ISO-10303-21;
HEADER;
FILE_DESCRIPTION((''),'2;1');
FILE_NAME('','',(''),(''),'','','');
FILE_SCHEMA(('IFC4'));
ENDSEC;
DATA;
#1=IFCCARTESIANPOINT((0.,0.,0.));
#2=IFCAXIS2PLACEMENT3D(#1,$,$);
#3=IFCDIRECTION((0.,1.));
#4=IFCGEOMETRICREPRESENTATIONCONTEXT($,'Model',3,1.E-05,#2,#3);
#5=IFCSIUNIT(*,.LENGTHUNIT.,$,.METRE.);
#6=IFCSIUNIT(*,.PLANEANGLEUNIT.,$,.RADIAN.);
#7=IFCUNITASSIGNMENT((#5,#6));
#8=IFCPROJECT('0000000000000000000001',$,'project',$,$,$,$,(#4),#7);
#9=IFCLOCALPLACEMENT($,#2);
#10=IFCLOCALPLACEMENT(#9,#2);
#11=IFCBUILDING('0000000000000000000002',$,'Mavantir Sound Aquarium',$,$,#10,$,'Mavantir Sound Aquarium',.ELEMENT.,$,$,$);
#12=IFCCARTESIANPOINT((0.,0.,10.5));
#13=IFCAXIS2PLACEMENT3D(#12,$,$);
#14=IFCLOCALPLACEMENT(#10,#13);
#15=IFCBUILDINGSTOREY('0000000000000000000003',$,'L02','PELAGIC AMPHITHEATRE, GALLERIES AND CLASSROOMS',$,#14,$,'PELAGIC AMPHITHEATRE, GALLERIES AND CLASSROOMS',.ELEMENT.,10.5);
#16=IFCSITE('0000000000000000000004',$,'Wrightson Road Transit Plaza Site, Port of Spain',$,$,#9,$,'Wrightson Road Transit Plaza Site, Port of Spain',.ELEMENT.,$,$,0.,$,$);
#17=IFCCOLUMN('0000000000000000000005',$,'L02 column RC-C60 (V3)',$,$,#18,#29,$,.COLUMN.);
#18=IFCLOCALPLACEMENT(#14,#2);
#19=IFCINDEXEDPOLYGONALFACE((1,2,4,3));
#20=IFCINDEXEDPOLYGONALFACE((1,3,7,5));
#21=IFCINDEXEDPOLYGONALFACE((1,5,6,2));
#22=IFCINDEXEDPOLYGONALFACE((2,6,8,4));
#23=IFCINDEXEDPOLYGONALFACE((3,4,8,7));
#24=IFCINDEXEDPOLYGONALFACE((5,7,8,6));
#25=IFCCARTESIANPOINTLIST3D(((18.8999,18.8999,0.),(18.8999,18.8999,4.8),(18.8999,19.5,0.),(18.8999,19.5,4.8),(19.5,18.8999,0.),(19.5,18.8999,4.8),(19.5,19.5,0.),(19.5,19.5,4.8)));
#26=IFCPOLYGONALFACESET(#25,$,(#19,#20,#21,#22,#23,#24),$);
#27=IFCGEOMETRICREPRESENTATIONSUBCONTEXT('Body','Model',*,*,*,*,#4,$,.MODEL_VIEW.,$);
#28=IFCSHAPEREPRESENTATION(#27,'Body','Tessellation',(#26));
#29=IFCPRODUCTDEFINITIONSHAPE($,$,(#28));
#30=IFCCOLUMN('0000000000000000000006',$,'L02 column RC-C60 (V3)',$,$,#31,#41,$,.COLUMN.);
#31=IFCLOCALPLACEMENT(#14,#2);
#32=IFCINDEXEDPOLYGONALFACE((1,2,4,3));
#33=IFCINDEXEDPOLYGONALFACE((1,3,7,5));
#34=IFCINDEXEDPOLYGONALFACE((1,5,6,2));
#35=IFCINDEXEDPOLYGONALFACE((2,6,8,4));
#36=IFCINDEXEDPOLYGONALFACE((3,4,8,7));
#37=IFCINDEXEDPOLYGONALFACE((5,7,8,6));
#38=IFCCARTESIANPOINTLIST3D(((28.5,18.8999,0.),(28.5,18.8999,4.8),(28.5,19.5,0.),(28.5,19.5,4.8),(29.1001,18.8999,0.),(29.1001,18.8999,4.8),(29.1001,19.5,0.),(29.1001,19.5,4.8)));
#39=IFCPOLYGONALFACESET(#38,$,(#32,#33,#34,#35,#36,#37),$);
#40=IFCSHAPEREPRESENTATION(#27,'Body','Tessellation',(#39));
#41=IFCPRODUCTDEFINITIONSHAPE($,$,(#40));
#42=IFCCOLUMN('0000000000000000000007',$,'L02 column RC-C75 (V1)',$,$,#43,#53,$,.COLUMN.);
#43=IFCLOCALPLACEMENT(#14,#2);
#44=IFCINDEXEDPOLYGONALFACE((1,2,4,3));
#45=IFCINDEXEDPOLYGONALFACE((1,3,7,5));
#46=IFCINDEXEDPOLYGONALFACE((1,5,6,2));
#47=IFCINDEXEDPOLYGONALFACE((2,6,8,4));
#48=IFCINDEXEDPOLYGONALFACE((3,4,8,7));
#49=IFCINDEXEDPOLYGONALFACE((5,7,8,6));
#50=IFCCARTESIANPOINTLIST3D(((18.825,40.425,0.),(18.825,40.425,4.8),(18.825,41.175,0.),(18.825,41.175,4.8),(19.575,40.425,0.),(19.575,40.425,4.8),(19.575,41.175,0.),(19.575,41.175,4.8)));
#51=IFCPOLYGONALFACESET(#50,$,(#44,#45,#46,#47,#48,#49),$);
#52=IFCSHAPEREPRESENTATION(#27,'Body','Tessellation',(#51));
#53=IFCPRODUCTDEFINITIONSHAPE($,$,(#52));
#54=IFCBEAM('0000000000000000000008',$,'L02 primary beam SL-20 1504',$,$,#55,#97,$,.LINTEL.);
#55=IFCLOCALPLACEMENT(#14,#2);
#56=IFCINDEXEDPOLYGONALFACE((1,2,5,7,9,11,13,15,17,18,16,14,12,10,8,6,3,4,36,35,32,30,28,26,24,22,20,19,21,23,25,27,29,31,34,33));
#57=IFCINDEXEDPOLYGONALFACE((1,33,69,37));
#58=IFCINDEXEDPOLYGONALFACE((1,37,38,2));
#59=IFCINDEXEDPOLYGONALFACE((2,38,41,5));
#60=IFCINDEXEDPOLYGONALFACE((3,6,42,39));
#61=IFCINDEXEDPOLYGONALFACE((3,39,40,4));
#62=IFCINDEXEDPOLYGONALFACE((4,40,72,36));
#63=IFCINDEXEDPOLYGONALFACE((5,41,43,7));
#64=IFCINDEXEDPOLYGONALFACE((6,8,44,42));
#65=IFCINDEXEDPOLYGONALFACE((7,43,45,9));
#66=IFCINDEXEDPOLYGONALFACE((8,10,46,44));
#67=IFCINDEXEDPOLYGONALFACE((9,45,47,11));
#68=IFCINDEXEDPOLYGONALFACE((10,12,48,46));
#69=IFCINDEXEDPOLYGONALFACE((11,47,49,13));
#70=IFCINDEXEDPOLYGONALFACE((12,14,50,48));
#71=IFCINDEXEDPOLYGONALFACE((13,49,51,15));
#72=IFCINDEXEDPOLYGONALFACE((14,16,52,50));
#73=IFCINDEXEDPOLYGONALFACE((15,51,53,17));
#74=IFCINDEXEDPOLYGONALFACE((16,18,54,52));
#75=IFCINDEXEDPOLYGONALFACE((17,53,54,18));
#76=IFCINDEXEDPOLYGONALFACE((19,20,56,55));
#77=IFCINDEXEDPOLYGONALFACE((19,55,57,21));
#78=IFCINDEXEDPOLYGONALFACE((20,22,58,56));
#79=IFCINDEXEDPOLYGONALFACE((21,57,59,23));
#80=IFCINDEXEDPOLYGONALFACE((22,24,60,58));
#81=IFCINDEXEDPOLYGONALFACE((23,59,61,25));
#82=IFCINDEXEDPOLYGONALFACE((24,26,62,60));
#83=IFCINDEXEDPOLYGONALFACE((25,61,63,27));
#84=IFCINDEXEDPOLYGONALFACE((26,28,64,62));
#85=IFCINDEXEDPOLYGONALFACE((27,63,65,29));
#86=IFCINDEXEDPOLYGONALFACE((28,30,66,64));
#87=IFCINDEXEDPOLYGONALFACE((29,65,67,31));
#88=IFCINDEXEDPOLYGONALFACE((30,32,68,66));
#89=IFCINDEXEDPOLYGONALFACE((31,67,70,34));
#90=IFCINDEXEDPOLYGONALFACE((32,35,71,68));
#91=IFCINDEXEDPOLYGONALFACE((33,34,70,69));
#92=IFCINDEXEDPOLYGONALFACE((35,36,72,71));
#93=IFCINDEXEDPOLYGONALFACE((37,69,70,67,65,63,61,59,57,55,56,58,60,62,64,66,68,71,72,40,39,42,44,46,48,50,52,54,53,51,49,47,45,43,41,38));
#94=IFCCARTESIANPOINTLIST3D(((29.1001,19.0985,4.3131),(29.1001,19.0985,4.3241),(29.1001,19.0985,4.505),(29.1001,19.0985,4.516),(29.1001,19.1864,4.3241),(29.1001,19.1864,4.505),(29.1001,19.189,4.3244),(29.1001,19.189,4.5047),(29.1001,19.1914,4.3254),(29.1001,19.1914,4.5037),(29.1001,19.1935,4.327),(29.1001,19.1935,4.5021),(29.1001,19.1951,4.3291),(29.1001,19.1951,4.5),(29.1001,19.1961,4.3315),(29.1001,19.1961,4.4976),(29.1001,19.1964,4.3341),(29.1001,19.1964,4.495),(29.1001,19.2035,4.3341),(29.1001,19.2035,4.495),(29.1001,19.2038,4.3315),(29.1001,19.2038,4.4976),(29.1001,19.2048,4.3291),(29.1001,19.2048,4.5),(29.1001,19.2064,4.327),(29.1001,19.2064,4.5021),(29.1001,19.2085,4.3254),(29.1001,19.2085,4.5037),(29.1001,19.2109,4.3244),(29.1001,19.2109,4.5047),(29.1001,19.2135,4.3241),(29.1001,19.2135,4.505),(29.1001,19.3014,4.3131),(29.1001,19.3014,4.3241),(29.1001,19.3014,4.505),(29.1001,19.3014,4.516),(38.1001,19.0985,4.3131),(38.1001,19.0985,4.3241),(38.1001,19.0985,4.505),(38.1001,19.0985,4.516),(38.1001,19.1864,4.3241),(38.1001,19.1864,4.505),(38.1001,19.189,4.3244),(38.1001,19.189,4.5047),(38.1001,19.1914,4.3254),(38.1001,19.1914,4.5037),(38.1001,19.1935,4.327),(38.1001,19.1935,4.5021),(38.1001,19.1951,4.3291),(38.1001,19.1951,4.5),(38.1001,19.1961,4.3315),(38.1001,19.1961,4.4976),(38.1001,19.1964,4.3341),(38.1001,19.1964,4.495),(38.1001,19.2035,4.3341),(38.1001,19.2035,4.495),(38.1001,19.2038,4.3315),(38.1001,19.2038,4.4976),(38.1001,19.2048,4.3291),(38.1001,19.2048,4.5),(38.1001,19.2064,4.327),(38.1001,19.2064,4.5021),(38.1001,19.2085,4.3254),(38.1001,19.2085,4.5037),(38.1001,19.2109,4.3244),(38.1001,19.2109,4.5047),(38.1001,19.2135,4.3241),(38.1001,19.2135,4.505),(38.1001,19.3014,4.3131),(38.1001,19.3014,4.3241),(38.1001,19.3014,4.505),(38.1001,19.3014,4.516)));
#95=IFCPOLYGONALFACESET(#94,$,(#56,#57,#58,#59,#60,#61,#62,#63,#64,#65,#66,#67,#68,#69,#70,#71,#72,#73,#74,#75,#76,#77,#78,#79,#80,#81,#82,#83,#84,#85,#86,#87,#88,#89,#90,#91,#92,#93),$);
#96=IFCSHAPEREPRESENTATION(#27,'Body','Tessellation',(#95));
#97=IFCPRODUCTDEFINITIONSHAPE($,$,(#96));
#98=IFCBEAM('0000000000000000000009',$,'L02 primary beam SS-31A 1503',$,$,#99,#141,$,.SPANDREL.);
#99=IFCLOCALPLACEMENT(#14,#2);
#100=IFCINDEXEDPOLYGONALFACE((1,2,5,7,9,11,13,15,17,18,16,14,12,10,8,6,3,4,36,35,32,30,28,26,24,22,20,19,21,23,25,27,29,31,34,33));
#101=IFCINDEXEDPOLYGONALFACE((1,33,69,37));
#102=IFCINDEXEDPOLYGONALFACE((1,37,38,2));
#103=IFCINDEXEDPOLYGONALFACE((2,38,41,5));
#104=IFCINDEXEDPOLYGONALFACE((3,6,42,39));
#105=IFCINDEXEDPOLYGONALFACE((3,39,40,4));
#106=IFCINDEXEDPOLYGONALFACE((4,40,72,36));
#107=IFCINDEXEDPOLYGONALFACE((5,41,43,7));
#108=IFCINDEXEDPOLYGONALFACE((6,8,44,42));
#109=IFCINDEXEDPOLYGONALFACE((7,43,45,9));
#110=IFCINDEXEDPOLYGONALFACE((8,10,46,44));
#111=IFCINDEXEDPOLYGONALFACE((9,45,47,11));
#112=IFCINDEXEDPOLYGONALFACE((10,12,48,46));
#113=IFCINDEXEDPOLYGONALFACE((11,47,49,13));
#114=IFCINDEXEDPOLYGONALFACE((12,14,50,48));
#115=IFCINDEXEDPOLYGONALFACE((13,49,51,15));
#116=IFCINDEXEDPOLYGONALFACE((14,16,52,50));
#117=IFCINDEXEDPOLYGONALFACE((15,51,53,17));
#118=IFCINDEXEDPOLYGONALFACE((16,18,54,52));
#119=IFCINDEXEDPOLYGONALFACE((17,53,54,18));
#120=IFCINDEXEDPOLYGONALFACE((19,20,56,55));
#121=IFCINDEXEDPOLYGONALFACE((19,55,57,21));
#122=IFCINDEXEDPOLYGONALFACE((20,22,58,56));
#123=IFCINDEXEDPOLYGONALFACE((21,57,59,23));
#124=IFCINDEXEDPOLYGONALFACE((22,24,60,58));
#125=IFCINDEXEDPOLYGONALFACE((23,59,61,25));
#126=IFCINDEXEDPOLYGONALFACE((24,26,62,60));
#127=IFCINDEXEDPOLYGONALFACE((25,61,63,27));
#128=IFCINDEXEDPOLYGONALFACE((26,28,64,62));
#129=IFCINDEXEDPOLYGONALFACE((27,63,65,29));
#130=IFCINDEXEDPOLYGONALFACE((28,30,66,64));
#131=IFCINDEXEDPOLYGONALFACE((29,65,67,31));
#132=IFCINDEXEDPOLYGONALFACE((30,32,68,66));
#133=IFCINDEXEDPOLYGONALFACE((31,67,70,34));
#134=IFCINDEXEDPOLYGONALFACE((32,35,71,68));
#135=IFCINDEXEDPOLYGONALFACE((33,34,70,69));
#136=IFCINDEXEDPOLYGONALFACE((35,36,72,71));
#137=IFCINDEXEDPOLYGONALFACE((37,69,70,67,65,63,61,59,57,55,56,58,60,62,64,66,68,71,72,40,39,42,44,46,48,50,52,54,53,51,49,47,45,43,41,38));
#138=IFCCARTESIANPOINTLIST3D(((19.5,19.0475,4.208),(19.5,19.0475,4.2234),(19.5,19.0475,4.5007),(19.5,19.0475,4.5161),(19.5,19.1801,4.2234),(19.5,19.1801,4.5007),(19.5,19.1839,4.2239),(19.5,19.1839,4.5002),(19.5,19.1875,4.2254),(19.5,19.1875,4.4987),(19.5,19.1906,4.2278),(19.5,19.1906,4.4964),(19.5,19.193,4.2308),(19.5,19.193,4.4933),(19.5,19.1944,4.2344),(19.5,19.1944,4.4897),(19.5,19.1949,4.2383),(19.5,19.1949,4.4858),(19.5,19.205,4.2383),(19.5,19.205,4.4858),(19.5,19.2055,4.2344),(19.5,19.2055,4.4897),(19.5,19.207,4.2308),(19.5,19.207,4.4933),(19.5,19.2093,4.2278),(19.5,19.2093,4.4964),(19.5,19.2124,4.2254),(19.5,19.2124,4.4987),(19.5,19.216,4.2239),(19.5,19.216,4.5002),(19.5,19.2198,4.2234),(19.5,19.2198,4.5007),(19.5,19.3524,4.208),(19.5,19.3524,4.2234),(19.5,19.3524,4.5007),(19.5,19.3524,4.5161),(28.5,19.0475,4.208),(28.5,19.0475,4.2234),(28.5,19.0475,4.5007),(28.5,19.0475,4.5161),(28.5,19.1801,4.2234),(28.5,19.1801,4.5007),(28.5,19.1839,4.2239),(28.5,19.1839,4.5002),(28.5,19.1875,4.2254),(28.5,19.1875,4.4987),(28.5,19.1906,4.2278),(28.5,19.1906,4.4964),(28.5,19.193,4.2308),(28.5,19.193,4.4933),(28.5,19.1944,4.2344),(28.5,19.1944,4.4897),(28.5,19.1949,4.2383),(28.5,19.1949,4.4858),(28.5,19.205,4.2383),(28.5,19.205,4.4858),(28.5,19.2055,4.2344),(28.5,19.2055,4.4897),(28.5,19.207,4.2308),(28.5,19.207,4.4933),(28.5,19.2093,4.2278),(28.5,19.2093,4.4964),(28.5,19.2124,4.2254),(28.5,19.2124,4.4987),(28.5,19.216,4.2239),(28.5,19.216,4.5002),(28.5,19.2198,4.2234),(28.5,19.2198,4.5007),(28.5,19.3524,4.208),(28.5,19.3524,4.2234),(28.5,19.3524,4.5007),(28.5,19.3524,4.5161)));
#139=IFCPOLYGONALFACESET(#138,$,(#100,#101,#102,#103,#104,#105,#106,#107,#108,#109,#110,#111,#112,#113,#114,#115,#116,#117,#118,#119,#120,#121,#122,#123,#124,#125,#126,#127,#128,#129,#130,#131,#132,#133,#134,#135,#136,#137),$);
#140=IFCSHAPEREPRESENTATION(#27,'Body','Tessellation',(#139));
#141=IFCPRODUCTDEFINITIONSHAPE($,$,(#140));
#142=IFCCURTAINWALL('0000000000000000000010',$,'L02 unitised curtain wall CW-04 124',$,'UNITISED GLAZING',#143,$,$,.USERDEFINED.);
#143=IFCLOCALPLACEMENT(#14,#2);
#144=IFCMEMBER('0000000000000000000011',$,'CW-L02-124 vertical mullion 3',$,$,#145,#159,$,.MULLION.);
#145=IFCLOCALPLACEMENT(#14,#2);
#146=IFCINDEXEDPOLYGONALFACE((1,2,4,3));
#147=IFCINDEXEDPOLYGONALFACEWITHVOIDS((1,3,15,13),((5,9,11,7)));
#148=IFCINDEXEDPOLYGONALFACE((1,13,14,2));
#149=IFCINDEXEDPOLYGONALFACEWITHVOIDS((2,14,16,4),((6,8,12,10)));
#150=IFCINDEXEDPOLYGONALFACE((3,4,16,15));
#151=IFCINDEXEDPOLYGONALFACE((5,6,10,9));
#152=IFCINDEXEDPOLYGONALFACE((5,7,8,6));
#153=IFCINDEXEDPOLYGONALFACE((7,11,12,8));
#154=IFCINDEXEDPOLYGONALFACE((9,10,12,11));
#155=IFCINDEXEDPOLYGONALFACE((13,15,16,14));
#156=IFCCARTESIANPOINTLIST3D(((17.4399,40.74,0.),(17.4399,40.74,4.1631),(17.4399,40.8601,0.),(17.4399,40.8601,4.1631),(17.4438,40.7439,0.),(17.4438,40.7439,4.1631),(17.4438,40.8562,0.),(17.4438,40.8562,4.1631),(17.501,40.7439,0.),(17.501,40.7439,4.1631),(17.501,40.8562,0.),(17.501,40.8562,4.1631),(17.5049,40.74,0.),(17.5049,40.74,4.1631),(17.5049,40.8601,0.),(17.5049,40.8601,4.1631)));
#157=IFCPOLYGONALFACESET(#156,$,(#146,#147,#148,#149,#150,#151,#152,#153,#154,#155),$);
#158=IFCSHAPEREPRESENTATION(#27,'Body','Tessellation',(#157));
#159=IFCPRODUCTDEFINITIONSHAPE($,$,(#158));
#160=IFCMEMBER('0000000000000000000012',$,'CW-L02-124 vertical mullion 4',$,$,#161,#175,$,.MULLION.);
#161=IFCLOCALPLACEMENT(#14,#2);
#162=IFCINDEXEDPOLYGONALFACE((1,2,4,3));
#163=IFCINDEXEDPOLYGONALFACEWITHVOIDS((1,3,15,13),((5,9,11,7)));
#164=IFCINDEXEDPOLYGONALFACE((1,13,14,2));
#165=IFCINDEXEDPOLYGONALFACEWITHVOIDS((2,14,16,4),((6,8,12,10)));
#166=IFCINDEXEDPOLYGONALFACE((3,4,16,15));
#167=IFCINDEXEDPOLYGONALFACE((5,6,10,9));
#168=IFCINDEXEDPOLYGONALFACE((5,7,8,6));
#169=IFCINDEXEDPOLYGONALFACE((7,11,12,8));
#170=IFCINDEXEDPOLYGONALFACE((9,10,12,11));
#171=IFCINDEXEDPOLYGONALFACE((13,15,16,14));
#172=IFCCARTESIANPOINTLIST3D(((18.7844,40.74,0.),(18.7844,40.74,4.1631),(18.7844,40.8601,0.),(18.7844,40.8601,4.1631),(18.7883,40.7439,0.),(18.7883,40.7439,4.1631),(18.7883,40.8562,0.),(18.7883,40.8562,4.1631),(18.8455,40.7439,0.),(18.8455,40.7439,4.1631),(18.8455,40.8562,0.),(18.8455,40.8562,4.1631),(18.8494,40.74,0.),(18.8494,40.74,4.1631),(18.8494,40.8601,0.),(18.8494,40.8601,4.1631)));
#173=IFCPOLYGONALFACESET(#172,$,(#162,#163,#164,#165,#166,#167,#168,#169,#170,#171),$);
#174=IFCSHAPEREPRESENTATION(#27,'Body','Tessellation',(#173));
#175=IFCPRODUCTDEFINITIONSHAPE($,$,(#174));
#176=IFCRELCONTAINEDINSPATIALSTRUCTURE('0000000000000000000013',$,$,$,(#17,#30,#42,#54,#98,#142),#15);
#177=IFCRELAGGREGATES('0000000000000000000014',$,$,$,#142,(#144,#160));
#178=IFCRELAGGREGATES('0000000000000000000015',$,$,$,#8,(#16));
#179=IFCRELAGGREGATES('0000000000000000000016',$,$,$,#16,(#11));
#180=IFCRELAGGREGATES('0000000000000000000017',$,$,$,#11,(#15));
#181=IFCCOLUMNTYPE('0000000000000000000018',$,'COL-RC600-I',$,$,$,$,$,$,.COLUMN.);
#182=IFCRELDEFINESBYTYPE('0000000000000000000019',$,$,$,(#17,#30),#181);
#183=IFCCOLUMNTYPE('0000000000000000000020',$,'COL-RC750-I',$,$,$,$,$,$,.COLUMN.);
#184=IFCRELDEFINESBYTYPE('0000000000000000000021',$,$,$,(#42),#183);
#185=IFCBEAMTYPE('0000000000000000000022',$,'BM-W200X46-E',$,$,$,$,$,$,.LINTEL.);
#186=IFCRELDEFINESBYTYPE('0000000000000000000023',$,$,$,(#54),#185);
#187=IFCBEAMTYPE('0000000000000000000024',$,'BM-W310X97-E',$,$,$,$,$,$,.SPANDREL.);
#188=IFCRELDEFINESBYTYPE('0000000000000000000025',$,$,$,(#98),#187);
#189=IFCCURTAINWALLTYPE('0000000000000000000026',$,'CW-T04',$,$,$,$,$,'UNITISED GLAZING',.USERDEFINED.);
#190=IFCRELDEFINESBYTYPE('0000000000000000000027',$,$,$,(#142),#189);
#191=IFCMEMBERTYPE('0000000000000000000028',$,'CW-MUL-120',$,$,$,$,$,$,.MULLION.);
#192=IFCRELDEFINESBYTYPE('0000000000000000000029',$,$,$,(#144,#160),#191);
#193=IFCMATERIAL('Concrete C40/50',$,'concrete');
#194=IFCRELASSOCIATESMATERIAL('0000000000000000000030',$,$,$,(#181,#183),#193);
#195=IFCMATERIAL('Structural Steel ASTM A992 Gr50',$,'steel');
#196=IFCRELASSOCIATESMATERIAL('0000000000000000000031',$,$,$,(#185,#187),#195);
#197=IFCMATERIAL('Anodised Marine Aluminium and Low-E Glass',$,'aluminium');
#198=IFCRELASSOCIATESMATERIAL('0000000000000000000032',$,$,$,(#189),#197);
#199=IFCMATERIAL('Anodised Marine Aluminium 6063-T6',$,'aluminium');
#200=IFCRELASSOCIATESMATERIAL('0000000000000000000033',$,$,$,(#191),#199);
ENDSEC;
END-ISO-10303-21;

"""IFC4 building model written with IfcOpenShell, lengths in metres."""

from ifc_helpers import new_model, si_unit, direction, frame, origin, origin_2d, place, context, subcontext, project, spatial, rectangle, hollow_rectangle, i_section, extrude, material, material_profile, profile_set, type_object, element, aggregate, save


model = new_model("IFC4")

# Units and contexts
model_context = context("Model", 3, precision=1e-05, world=origin(), true_north=direction((0.0, 1.0)))
body_context = subcontext(model_context, "Body", "Model", "MODEL_VIEW")
ifc_project = project(units=[si_unit("LENGTHUNIT", "METRE"), si_unit("PLANEANGLEUNIT", "RADIAN")], contexts=[model_context])

# Site, building, storey
site_placement = place(None, origin())
site = spatial("IfcSite", under=ifc_project, at=site_placement, Name="Wrightson Road Transit Plaza Site, Port of Spain", LongName="Wrightson Road Transit Plaza Site, Port of Spain", CompositionType="ELEMENT", RefElevation=0.0)
building_placement = place(site_placement, origin())
building = spatial("IfcBuilding", under=site, at=building_placement, Name="Mavantir Sound Aquarium", LongName="Mavantir Sound Aquarium", CompositionType="ELEMENT")
storey_placement = place(building_placement, frame((0.0, 0.0, 10.5)))
storey = spatial("IfcBuildingStorey", under=building, at=storey_placement, Name="L02", Description="PELAGIC AMPHITHEATRE, GALLERIES AND CLASSROOMS", LongName="PELAGIC AMPHITHEATRE, GALLERIES AND CLASSROOMS", CompositionType="ELEMENT", Elevation=10.5)

# Columns
ifc_material_1 = material(Name="Concrete C40/50", Category="concrete")
ifc_material_profile_1 = material_profile(ifc_material_1, rectangle(XDim=0.6001, YDim=0.6001, at=origin_2d()), Name="RC 600X600")
ifc_profile_set_1 = profile_set([ifc_material_profile_1], Name="Concrete C40/50")
column_type_1 = type_object("IfcColumnType", Name="COL-RC600-I", PredefinedType="COLUMN", material=ifc_profile_set_1)
for number, where, z_axis, x_axis, name in (
    (1, (19.2, 19.2, 0.0), (0.0, 0.0, 1.0), (1.0, 0.0, 0.0), "L02 column RC-C60 (V3)"),
    (2, (28.8, 19.2, 0.0), (0.0, 0.0, 1.0), (1.0, 0.0, 0.0), "L02 column RC-C60 (V3)"),
):
    element("IfcColumn", number, at=place(storey_placement, frame(where, z_axis=z_axis, x_axis=x_axis)), inside=storey, type_object=column_type_1, Name=name, PredefinedType="COLUMN", context=body_context, shape_type="SweptSolid", body=[
        extrude(rectangle(XDim=0.6001, YDim=0.6001, at=origin_2d()), origin(), (0.0, 0.0, 1.0), 4.8),
    ])
ifc_material_profile_2 = material_profile(ifc_material_1, rectangle(XDim=0.75, YDim=0.75, at=origin_2d()), Name="RC 750X750")
ifc_profile_set_2 = profile_set([ifc_material_profile_2], Name="Concrete C40/50")
column_type_2 = type_object("IfcColumnType", Name="COL-RC750-I", PredefinedType="COLUMN", material=ifc_profile_set_2)
column_placement = place(storey_placement, frame((19.2, 40.8, 0.0), z_axis=(0.0, 0.0, 1.0), x_axis=(1.0, 0.0, 0.0)))
element("IfcColumn", 3, at=column_placement, inside=storey, type_object=column_type_2, Name="L02 column RC-C75 (V1)", PredefinedType="COLUMN", context=body_context, shape_type="SweptSolid", body=[
    extrude(rectangle(XDim=0.75, YDim=0.75, at=origin_2d()), origin(), (0.0, 0.0, 1.0), 4.8),
])

# Beams
ifc_material_2 = material(Name="Structural Steel ASTM A992 Gr50", Category="steel")
ifc_material_profile_3 = material_profile(ifc_material_2, i_section(OverallWidth=0.2029, OverallDepth=0.2029, WebThickness=0.0071, FlangeThickness=0.011, FilletRadius=0.01, at=origin_2d()), Name="W200X46")
ifc_profile_set_3 = profile_set([ifc_material_profile_3], Name="Structural Steel ASTM A992 Gr50")
beam_type_1 = type_object("IfcBeamType", Name="BM-W200X46-E", PredefinedType="LINTEL", material=ifc_profile_set_3)
beam_1_placement = place(storey_placement, frame((29.1001, 19.2, 4.4146), z_axis=(1.0, 0.0, 0.0), x_axis=(0.0, 1.0, 0.0)))
element("IfcBeam", 4, at=beam_1_placement, inside=storey, type_object=beam_type_1, Name="L02 primary beam SL-20 1504", PredefinedType="LINTEL", context=body_context, shape_type="SweptSolid", body=[
    extrude(i_section(OverallWidth=0.2029, OverallDepth=0.2029, WebThickness=0.0071, FlangeThickness=0.011, FilletRadius=0.01, at=origin_2d()), origin(), (0.0, 0.0, 1.0), 9.0),
])
ifc_material_profile_4 = material_profile(ifc_material_2, i_section(OverallWidth=0.3049, OverallDepth=0.3081, WebThickness=0.01, FlangeThickness=0.0154, FilletRadius=0.0149, at=origin_2d()), Name="W310X97")
ifc_profile_set_4 = profile_set([ifc_material_profile_4], Name="Structural Steel ASTM A992 Gr50")
beam_type_2 = type_object("IfcBeamType", Name="BM-W310X97-E", PredefinedType="SPANDREL", material=ifc_profile_set_4)
beam_2_placement = place(storey_placement, frame((19.5, 19.2, 4.3621), z_axis=(1.0, 0.0, 0.0), x_axis=(0.0, 1.0, 0.0)))
element("IfcBeam", 5, at=beam_2_placement, inside=storey, type_object=beam_type_2, Name="L02 primary beam SS-31A 1503", PredefinedType="SPANDREL", context=body_context, shape_type="SweptSolid", body=[
    extrude(i_section(OverallWidth=0.3049, OverallDepth=0.3081, WebThickness=0.01, FlangeThickness=0.0154, FilletRadius=0.0149, at=origin_2d()), origin(), (0.0, 0.0, 1.0), 9.0),
])

# Curtain wall, members
ifc_material_3 = material(Name="Anodised Marine Aluminium and Low-E Glass", Category="aluminium")
curtain_wall_type = type_object("IfcCurtainWallType", Name="CW-T04", ElementType="UNITISED GLAZING", PredefinedType="USERDEFINED", material=ifc_material_3)
curtain_wall_placement = place(storey_placement, origin())
curtain_wall = element("IfcCurtainWall", 6, at=curtain_wall_placement, inside=storey, type_object=curtain_wall_type, Name="L02 unitised curtain wall CW-04 124", ObjectType="UNITISED GLAZING", PredefinedType="USERDEFINED")
ifc_material_4 = material(Name="Anodised Marine Aluminium 6063-T6", Category="aluminium")
ifc_material_profile_5 = material_profile(ifc_material_4, hollow_rectangle(XDim=0.0649, YDim=0.1201, WallThickness=0.0039, at=origin_2d()), Name="ALU-MULLION-120X65")
ifc_profile_set_5 = profile_set([ifc_material_profile_5], Name="Anodised Marine Aluminium 6063-T6")
member_type_1 = type_object("IfcMemberType", Name="CW-MUL-120", PredefinedType="MULLION", material=ifc_profile_set_5)
member_1_placement = place(storey_placement, frame((17.4724, 40.8, 0.0), z_axis=(0.0, 0.0, 1.0), x_axis=(1.0, 0.0, 0.0)))
member_1 = element("IfcMember", 7, at=member_1_placement, type_object=member_type_1, Name="CW-L02-124 vertical mullion 3", PredefinedType="MULLION", context=body_context, shape_type="SweptSolid", body=[
    extrude(hollow_rectangle(XDim=0.0649, YDim=0.1201, WallThickness=0.0039, at=origin_2d()), origin(), (0.0, 0.0, 1.0), 4.1631),
])
member_2_placement = place(storey_placement, frame((18.8169, 40.8, 0.0), z_axis=(0.0, 0.0, 1.0), x_axis=(1.0, 0.0, 0.0)))
member_2 = element("IfcMember", 8, at=member_2_placement, type_object=member_type_1, Name="CW-L02-124 vertical mullion 4", PredefinedType="MULLION", context=body_context, shape_type="SweptSolid", body=[
    extrude(hollow_rectangle(XDim=0.0649, YDim=0.1201, WallThickness=0.0039, at=origin_2d()), origin(), (0.0, 0.0, 1.0), 4.1631),
])
aggregate(curtain_wall, [member_1, member_2])

save(model, "model.ifc")
